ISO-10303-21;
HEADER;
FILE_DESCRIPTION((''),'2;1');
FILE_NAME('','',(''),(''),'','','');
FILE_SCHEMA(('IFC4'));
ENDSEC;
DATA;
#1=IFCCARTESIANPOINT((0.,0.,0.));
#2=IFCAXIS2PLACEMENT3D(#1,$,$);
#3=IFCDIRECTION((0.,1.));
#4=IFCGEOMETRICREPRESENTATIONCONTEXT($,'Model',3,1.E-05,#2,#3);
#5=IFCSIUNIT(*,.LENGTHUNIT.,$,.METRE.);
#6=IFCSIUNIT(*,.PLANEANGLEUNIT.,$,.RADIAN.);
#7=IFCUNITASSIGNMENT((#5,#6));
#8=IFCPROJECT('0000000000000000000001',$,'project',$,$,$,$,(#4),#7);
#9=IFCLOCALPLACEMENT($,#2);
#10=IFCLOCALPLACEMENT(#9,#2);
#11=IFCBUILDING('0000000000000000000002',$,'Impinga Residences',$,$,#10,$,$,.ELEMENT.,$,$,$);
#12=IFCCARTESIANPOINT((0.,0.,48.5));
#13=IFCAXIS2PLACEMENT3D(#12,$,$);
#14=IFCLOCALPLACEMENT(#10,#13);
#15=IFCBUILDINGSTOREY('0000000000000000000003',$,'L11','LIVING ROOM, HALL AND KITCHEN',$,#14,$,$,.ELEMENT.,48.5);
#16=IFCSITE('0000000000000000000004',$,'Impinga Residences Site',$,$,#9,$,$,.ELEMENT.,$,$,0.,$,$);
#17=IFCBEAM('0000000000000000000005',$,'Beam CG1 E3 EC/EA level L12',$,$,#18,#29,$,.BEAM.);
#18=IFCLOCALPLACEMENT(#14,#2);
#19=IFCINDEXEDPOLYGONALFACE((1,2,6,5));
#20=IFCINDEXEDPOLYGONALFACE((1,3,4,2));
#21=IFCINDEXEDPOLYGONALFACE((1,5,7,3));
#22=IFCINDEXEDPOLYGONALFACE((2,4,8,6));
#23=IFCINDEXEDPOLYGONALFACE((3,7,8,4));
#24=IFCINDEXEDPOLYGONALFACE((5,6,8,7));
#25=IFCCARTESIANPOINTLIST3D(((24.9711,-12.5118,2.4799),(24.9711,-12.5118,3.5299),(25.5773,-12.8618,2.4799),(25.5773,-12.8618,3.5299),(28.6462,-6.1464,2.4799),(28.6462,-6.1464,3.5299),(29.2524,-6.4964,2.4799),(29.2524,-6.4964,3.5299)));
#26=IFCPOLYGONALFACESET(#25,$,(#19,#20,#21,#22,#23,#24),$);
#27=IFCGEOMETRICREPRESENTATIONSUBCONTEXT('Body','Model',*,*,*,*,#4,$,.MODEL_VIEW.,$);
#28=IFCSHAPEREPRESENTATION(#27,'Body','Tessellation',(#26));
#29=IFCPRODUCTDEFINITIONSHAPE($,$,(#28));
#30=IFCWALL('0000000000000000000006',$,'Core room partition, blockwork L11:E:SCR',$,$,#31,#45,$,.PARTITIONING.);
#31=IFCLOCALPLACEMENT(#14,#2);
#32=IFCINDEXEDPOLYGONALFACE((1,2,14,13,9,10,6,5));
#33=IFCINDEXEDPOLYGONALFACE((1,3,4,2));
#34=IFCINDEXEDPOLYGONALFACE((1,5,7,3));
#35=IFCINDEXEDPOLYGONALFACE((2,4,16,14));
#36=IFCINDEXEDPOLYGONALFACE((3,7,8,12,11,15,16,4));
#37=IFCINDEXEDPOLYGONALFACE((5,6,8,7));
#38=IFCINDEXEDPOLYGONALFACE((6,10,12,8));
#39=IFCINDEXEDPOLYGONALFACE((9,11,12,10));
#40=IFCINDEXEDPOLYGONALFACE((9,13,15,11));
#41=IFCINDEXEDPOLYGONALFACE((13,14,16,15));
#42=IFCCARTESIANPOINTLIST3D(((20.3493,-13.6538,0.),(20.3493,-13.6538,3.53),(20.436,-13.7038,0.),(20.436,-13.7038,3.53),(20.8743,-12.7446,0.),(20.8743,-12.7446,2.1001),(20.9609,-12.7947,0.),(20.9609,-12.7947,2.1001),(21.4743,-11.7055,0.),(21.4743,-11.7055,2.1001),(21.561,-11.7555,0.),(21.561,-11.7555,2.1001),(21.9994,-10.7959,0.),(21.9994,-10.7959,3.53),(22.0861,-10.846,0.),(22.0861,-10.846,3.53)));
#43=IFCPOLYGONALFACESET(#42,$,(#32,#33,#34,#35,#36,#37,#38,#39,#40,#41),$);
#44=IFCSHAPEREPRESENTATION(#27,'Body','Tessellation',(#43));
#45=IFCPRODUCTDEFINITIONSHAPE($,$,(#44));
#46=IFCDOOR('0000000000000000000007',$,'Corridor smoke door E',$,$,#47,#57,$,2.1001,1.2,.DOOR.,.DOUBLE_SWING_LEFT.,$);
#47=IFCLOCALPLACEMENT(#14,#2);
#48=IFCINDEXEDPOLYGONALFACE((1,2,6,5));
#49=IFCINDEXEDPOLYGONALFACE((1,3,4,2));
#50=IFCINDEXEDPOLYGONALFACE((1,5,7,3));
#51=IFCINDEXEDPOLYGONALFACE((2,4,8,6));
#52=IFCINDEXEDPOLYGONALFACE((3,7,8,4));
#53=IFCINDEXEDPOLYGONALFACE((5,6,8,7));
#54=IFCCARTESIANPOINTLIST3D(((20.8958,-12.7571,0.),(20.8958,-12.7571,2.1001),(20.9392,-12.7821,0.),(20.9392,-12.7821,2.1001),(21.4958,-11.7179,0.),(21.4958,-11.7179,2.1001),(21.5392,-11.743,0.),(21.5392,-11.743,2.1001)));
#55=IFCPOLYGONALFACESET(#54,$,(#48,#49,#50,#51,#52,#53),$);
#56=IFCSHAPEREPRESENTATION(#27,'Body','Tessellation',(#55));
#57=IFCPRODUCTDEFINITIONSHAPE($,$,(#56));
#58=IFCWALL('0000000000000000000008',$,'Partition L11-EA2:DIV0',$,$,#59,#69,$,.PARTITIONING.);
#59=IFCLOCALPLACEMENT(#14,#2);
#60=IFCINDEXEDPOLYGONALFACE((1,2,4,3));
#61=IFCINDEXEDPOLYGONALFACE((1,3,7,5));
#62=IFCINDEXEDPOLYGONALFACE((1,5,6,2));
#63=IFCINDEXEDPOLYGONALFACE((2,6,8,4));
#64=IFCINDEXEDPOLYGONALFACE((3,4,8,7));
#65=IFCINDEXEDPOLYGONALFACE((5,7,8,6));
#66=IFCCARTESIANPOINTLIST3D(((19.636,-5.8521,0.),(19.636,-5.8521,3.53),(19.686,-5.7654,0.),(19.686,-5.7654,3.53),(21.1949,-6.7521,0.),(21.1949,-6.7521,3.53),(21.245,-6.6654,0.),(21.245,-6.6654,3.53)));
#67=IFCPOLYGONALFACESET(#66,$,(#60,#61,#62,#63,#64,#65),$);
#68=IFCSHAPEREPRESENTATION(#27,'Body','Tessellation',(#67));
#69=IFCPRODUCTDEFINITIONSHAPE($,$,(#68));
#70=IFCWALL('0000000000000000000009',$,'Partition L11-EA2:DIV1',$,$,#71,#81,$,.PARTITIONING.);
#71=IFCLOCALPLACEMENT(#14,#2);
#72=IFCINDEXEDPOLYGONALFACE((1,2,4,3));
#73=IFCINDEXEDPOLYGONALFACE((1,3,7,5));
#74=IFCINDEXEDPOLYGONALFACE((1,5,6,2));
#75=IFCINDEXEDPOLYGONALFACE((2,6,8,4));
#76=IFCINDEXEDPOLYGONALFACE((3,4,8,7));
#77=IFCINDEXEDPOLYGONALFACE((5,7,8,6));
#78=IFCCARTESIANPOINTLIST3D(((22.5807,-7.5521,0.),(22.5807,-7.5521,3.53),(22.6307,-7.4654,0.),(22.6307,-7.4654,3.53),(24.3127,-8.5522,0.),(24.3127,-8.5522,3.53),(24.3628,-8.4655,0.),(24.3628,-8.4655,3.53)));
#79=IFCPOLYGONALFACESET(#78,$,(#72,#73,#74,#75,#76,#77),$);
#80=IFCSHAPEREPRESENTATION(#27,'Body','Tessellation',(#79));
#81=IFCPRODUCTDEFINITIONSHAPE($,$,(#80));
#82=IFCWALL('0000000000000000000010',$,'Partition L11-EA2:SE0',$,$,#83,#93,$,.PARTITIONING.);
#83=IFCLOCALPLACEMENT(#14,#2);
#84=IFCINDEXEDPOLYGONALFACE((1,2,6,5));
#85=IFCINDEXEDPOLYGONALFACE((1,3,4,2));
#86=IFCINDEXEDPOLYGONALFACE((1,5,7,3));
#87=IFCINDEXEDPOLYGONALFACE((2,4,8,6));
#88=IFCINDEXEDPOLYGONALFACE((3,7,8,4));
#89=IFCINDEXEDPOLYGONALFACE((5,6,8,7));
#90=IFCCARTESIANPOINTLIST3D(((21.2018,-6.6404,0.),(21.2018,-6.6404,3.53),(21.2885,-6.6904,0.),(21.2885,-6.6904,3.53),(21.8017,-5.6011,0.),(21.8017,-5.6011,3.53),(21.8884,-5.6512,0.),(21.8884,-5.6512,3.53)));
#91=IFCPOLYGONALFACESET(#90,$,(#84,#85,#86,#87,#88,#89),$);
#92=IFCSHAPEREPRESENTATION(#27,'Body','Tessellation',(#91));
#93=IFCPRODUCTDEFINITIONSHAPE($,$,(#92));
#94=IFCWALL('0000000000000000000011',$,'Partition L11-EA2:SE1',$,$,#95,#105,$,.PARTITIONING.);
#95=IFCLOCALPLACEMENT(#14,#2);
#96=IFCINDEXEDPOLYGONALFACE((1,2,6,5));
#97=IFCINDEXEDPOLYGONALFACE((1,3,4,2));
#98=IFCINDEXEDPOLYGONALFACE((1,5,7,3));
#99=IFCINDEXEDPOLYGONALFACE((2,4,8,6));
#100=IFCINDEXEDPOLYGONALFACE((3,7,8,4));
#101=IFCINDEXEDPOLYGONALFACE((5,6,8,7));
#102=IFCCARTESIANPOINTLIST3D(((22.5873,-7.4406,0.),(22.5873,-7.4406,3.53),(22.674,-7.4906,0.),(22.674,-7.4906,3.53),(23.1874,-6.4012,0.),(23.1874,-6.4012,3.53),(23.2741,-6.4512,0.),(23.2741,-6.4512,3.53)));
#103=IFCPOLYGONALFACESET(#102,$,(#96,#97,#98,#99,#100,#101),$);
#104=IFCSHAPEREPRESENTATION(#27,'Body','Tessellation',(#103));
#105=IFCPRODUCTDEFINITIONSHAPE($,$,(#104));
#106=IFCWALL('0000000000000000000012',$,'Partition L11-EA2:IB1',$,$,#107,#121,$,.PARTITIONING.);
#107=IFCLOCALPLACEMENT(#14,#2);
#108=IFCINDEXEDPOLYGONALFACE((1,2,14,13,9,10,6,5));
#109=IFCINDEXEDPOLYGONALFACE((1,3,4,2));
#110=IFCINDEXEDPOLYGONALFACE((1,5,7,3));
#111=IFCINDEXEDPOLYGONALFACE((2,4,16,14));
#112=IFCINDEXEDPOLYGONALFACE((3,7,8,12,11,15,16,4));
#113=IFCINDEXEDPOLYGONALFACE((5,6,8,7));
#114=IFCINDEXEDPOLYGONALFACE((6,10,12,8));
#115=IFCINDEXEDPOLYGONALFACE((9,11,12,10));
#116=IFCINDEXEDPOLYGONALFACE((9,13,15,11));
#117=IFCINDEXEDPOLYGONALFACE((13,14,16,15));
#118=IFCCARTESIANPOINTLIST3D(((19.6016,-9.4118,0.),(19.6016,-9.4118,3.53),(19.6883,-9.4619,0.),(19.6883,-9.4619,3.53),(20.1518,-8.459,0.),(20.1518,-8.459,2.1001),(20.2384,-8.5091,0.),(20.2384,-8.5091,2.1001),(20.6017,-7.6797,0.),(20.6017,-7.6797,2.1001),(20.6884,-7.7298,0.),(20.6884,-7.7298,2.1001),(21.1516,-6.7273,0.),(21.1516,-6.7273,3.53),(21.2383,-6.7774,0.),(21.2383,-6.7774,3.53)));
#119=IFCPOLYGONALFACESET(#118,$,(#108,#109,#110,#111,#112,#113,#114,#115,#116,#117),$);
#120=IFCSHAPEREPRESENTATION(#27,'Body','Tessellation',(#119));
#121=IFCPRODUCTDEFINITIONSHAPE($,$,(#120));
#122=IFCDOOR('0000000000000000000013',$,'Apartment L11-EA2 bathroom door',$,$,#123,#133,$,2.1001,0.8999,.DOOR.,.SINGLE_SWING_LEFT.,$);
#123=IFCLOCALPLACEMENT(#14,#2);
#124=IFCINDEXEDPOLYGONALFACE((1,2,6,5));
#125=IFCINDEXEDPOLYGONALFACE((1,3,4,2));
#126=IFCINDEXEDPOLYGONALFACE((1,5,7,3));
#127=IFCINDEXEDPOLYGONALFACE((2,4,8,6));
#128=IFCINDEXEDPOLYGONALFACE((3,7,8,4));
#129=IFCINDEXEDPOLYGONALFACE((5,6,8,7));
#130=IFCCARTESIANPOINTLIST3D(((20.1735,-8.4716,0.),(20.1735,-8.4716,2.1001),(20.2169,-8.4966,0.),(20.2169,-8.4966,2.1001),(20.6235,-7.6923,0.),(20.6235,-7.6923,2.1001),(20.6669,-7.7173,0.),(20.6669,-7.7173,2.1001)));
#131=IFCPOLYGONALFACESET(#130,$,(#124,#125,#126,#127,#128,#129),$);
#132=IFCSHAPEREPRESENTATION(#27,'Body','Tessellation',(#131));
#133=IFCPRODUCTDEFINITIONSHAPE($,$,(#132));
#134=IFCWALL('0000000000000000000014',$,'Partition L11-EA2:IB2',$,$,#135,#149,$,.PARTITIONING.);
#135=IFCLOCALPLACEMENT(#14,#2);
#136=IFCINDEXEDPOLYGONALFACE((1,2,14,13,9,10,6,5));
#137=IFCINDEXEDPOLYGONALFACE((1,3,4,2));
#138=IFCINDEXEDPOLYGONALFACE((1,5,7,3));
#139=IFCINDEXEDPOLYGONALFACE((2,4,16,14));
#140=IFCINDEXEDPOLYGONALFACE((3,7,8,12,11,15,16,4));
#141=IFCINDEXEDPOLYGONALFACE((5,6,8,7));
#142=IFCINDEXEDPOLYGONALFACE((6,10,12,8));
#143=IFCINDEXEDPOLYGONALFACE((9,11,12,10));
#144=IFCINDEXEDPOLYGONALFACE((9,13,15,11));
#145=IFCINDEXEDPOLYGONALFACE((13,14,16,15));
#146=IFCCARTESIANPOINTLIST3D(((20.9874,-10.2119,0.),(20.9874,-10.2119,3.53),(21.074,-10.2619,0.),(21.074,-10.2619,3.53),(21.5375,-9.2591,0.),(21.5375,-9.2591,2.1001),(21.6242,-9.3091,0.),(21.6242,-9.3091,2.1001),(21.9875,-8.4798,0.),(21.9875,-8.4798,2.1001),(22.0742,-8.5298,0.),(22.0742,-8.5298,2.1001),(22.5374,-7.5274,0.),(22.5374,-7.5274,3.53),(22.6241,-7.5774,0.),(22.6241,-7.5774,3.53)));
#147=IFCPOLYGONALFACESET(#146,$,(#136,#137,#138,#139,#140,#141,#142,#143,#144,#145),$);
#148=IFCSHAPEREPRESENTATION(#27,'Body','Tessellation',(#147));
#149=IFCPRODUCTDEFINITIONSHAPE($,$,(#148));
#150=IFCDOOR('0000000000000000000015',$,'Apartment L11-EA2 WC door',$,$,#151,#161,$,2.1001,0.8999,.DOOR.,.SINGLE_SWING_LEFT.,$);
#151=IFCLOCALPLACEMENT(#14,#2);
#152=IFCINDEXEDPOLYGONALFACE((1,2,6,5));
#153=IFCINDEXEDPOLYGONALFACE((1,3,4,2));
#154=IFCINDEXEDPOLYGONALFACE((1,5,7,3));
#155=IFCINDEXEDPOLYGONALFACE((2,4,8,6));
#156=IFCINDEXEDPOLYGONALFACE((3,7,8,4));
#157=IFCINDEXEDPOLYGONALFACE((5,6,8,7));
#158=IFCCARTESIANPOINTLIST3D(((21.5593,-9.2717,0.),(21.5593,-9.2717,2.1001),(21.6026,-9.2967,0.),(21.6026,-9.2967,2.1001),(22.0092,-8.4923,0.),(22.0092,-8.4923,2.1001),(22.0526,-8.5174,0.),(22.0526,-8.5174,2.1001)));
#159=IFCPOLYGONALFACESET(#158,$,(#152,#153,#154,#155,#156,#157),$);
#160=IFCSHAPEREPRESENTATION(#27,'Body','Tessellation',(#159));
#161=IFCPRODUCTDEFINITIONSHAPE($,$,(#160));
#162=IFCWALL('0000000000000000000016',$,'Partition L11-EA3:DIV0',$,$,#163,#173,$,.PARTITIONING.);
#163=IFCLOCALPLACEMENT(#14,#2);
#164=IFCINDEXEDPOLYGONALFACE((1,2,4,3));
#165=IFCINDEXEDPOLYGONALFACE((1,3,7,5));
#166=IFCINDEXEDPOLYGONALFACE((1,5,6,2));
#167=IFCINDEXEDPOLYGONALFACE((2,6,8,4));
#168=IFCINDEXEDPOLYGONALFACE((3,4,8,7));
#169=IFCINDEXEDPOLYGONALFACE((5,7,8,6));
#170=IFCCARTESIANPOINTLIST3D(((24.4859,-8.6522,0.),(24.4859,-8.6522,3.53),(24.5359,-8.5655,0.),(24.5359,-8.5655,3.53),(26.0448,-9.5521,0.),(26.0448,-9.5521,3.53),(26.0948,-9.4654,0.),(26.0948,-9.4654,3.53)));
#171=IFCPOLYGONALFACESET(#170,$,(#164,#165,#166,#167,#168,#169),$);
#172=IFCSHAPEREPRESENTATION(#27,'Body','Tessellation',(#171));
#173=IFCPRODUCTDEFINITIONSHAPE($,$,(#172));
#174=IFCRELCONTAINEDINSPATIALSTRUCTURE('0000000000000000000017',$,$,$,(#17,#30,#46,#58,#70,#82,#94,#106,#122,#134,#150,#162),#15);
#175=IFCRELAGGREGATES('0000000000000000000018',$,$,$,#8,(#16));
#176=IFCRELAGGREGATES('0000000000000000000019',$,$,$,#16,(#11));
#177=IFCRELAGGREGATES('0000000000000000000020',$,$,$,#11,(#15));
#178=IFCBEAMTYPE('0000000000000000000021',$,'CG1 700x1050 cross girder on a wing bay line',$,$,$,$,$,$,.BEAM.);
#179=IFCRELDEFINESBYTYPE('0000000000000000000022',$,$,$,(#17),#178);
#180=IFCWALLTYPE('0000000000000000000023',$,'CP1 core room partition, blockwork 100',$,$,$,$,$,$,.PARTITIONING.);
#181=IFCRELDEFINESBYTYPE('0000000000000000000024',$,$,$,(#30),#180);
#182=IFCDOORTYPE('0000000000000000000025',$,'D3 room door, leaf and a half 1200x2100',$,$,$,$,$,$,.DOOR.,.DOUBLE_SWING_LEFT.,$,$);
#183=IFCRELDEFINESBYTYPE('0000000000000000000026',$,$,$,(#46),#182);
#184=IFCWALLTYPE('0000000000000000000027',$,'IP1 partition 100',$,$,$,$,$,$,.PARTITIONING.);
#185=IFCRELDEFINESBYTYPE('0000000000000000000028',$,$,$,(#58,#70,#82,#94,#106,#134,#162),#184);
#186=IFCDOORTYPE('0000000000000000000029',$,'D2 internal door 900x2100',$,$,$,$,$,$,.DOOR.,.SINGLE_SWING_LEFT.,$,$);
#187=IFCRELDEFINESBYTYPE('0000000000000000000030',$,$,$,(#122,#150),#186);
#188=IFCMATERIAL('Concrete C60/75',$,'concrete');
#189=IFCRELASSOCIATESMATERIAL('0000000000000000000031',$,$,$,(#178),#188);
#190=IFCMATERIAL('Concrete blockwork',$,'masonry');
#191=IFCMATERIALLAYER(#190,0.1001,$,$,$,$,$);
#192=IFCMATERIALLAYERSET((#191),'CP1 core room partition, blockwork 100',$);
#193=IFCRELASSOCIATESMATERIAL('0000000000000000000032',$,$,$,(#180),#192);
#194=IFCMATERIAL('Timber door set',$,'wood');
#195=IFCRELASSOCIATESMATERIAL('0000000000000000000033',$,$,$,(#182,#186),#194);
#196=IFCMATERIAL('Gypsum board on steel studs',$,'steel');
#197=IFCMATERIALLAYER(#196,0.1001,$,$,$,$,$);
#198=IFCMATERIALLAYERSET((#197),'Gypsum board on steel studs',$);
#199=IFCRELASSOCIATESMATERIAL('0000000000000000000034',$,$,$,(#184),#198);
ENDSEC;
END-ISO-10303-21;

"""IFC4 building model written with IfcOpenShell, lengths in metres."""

from ifc_helpers import new_model, si_unit, direction, frame, frame_2d, origin, origin_2d, place, context, subcontext, project, spatial, rectangle, extrude, material, layer, layer_set, material_profile, profile_set, type_object, element, fill, save


model = new_model("IFC4")

# Units and contexts
model_context = context("Model", 3, precision=1e-05, world=origin(), true_north=direction((0.0, 1.0)))
body_context = subcontext(model_context, "Body", "Model", "MODEL_VIEW")
ifc_project = project(units=[si_unit("LENGTHUNIT", "METRE"), si_unit("PLANEANGLEUNIT", "RADIAN")], contexts=[model_context])

# Site, building, storey
site_placement = place(None, origin())
site = spatial("IfcSite", under=ifc_project, at=site_placement, Name="Impinga Residences Site", CompositionType="ELEMENT", RefElevation=0.0)
building_placement = place(site_placement, origin())
building = spatial("IfcBuilding", under=site, at=building_placement, Name="Impinga Residences", CompositionType="ELEMENT")
storey_placement = place(building_placement, frame((0.0, 0.0, 48.5)))
storey = spatial("IfcBuildingStorey", under=building, at=storey_placement, Name="L11", Description="LIVING ROOM, HALL AND KITCHEN", CompositionType="ELEMENT", Elevation=48.5)

# Beam
ifc_material_1 = material(Name="Concrete C60/75", Category="concrete")
ifc_material_profile = material_profile(ifc_material_1, rectangle(XDim=0.7, YDim=1.05, at=origin_2d()), Name="RC 700x1050")
ifc_profile_set = profile_set([ifc_material_profile], Name="Concrete C60/75")
beam_type = type_object("IfcBeamType", Name="CG1 700x1050 cross girder on a wing bay line", PredefinedType="BEAM", material=ifc_profile_set)
beam_placement = place(storey_placement, frame((25.2742, -12.6868, 3.0049), z_axis=(0.500008, 0.866021, 0.0), x_axis=(-0.866021, 0.500008, 0.0)))
element("IfcBeam", 1, at=beam_placement, inside=storey, type_object=beam_type, Name="Beam CG1 E3 EC/EA level L12", PredefinedType="BEAM", context=body_context, shape_type="SweptSolid", body=[
    extrude(rectangle(XDim=0.7, YDim=1.05, at=origin_2d()), origin(), (0.0, 0.0, 1.0), 7.3501),
])

# Wall, opening, door
ifc_material_2 = material(Name="Concrete blockwork", Category="masonry")
ifc_layer_1 = layer(ifc_material_2, 0.1001)
ifc_layer_set_1 = layer_set([ifc_layer_1], Name="CP1 core room partition, blockwork 100")
wall_type_1 = type_object("IfcWallType", Name="CP1 core room partition, blockwork 100", PredefinedType="PARTITIONING", material=ifc_layer_set_1)
wall_1_placement = place(storey_placement, frame((22.0427, -10.821, 0.0), z_axis=(0.0, 0.0, 1.0), x_axis=(-0.50003, -0.866008, 0.0)))
wall_1 = element("IfcWall", 2, at=wall_1_placement, inside=storey, type_object=wall_type_1, Name="Core room partition, blockwork L11:E:SCR", PredefinedType="PARTITIONING", context=body_context, shape_type="SweptSolid", body=[
    extrude(rectangle(XDim=3.3, YDim=0.1001, at=frame_2d((1.6499, 0.0))), origin(), (0.0, 0.0, 1.0), 3.53),
])
opening_1_placement = place(wall_1_placement, frame((1.05, 0.0, 0.0)))
opening_1 = element("IfcOpeningElement", 3, at=opening_1_placement, cuts=wall_1, PredefinedType="OPENING", context=body_context, shape_type="SweptSolid", body=[
    extrude(rectangle(XDim=1.2, YDim=2.1001, at=frame_2d((0.6001, 1.05))), frame((0.0, 0.0601, 0.0), z_axis=(0.0, -1.0, 0.0), x_axis=(1.0, 0.0, 0.0)), (0.0, 0.0, 1.0), 0.1201),
])
ifc_material_3 = material(Name="Timber door set", Category="wood")
door_type_1 = type_object("IfcDoorType", Name="D3 room door, leaf and a half 1200x2100", OperationType="DOUBLE_SWING_LEFT", PredefinedType="DOOR", material=ifc_material_3)
door_1_placement = place(opening_1_placement, origin())
door_1 = element("IfcDoor", 4, at=door_1_placement, inside=storey, type_object=door_type_1, Name="Corridor smoke door E", OperationType="DOUBLE_SWING_LEFT", OverallHeight=2.1001, OverallWidth=1.2, PredefinedType="DOOR", context=body_context, shape_type="SweptSolid", body=[
    extrude(rectangle(XDim=1.2, YDim=2.1001, at=frame_2d((0.6001, 1.05))), frame((0.0, 0.0249, 0.0), z_axis=(0.0, -1.0, 0.0), x_axis=(1.0, 0.0, 0.0)), (0.0, 0.0, 1.0), 0.05),
])
fill(opening_1, door_1)

# Walls
ifc_material_4 = material(Name="Gypsum board on steel studs", Category="steel")
ifc_layer_2 = layer(ifc_material_4, 0.1001)
ifc_layer_set_2 = layer_set([ifc_layer_2], Name="Gypsum board on steel studs")
wall_type_2 = type_object("IfcWallType", Name="IP1 partition 100", PredefinedType="PARTITIONING", material=ifc_layer_set_2)
wall_2_placement = place(storey_placement, frame((19.6611, -5.8088, 0.0), z_axis=(0.0, 0.0, 1.0), x_axis=(0.866048, -0.499961, 0.0)))
element("IfcWall", 5, at=wall_2_placement, inside=storey, type_object=wall_type_2, Name="Partition L11-EA2:DIV0", PredefinedType="PARTITIONING", context=body_context, shape_type="SweptSolid", body=[
    extrude(rectangle(XDim=1.8, YDim=0.1001, at=frame_2d((0.8999, 0.0))), origin(), (0.0, 0.0, 1.0), 3.53),
])
wall_3_placement = place(storey_placement, frame((22.6057, -7.5088, 0.0), z_axis=(0.0, 0.0, 1.0), x_axis=(0.866011, -0.500025, 0.0)))
element("IfcWall", 6, at=wall_3_placement, inside=storey, type_object=wall_type_2, Name="Partition L11-EA2:DIV1", PredefinedType="PARTITIONING", context=body_context, shape_type="SweptSolid", body=[
    extrude(rectangle(XDim=2.0, YDim=0.1001, at=frame_2d((1.0, 0.0))), origin(), (0.0, 0.0, 1.0), 3.53),
])
wall_4_placement = place(storey_placement, frame((21.2451, -6.6655, 0.0), z_axis=(0.0, 0.0, 1.0), x_axis=(0.499881, 0.866094, 0.0)))
element("IfcWall", 7, at=wall_4_placement, inside=storey, type_object=wall_type_2, Name="Partition L11-EA2:SE0", PredefinedType="PARTITIONING", context=body_context, shape_type="SweptSolid", body=[
    extrude(rectangle(XDim=1.2, YDim=0.1001, at=frame_2d((0.6001, 0.0))), origin(), (0.0, 0.0, 1.0), 3.53),
])
wall_5_placement = place(storey_placement, frame((22.6306, -7.4656, 0.0), z_axis=(0.0, 0.0, 1.0), x_axis=(0.500034, 0.866006, 0.0)))
element("IfcWall", 8, at=wall_5_placement, inside=storey, type_object=wall_type_2, Name="Partition L11-EA2:SE1", PredefinedType="PARTITIONING", context=body_context, shape_type="SweptSolid", body=[
    extrude(rectangle(XDim=1.2002, YDim=0.1001, at=frame_2d((0.6001, 0.0))), origin(), (0.0, 0.0, 1.0), 3.53),
])

# Walls, openings, doors
wall_6_placement = place(storey_placement, frame((19.645, -9.4368, 0.0), z_axis=(0.0, 0.0, 1.0), x_axis=(0.500027, 0.86601, 0.0)))
wall_6 = element("IfcWall", 9, at=wall_6_placement, inside=storey, type_object=wall_type_2, Name="Partition L11-EA2:IB1", PredefinedType="PARTITIONING", context=body_context, shape_type="SweptSolid", body=[
    extrude(rectangle(XDim=3.0999, YDim=0.1001, at=frame_2d((1.5498, 0.0))), origin(), (0.0, 0.0, 1.0), 3.53),
])
opening_2_placement = place(wall_6_placement, frame((1.1001, 0.0, 0.0)))
opening_2 = element("IfcOpeningElement", 10, at=opening_2_placement, cuts=wall_6, PredefinedType="OPENING", context=body_context, shape_type="SweptSolid", body=[
    extrude(rectangle(XDim=0.8999, YDim=2.1001, at=frame_2d((0.45, 1.05))), frame((0.0, 0.0601, 0.0), z_axis=(0.0, -1.0, 0.0), x_axis=(1.0, 0.0, 0.0)), (0.0, 0.0, 1.0), 0.1201),
])
door_type_2 = type_object("IfcDoorType", Name="D2 internal door 900x2100", OperationType="SINGLE_SWING_LEFT", PredefinedType="DOOR", material=ifc_material_3)
door_2_placement = place(opening_2_placement, origin())
door_2 = element("IfcDoor", 11, at=door_2_placement, inside=storey, type_object=door_type_2, Name="Apartment L11-EA2 bathroom door", OperationType="SINGLE_SWING_LEFT", OverallHeight=2.1001, OverallWidth=0.8999, PredefinedType="DOOR", context=body_context, shape_type="SweptSolid", body=[
    extrude(rectangle(XDim=0.8999, YDim=2.1001, at=frame_2d((0.45, 1.05))), frame((0.0, 0.0249, 0.0), z_axis=(0.0, -1.0, 0.0), x_axis=(1.0, 0.0, 0.0)), (0.0, 0.0, 1.0), 0.05),
])
fill(opening_2, door_2)
wall_7_placement = place(storey_placement, frame((21.0308, -10.2368, 0.0), z_axis=(0.0, 0.0, 1.0), x_axis=(0.500027, 0.86601, 0.0)))
wall_7 = element("IfcWall", 12, at=wall_7_placement, inside=storey, type_object=wall_type_2, Name="Partition L11-EA2:IB2", PredefinedType="PARTITIONING", context=body_context, shape_type="SweptSolid", body=[
    extrude(rectangle(XDim=3.0999, YDim=0.1001, at=frame_2d((1.5498, 0.0))), origin(), (0.0, 0.0, 1.0), 3.53),
])
opening_3_placement = place(wall_7_placement, frame((1.1001, 0.0, 0.0)))
opening_3 = element("IfcOpeningElement", 13, at=opening_3_placement, cuts=wall_7, PredefinedType="OPENING", context=body_context, shape_type="SweptSolid", body=[
    extrude(rectangle(XDim=0.8999, YDim=2.1001, at=frame_2d((0.45, 1.05))), frame((0.0, 0.0601, 0.0), z_axis=(0.0, -1.0, 0.0), x_axis=(1.0, 0.0, 0.0)), (0.0, 0.0, 1.0), 0.1201),
])
door_3_placement = place(opening_3_placement, origin())
door_3 = element("IfcDoor", 14, at=door_3_placement, inside=storey, type_object=door_type_2, Name="Apartment L11-EA2 WC door", OperationType="SINGLE_SWING_LEFT", OverallHeight=2.1001, OverallWidth=0.8999, PredefinedType="DOOR", context=body_context, shape_type="SweptSolid", body=[
    extrude(rectangle(XDim=0.8999, YDim=2.1001, at=frame_2d((0.45, 1.05))), frame((0.0, 0.0249, 0.0), z_axis=(0.0, -1.0, 0.0), x_axis=(1.0, 0.0, 0.0)), (0.0, 0.0, 1.0), 0.05),
])
fill(opening_3, door_3)

# Wall
wall_8_placement = place(storey_placement, frame((24.511, -8.6089, 0.0), z_axis=(0.0, 0.0, 1.0), x_axis=(0.866048, -0.499961, 0.0)))
element("IfcWall", 15, at=wall_8_placement, inside=storey, type_object=wall_type_2, Name="Partition L11-EA3:DIV0", PredefinedType="PARTITIONING", context=body_context, shape_type="SweptSolid", body=[
    extrude(rectangle(XDim=1.8, YDim=0.1001, at=frame_2d((0.8999, 0.0))), origin(), (0.0, 0.0, 1.0), 3.53),
])

save(model, "model.ifc")
